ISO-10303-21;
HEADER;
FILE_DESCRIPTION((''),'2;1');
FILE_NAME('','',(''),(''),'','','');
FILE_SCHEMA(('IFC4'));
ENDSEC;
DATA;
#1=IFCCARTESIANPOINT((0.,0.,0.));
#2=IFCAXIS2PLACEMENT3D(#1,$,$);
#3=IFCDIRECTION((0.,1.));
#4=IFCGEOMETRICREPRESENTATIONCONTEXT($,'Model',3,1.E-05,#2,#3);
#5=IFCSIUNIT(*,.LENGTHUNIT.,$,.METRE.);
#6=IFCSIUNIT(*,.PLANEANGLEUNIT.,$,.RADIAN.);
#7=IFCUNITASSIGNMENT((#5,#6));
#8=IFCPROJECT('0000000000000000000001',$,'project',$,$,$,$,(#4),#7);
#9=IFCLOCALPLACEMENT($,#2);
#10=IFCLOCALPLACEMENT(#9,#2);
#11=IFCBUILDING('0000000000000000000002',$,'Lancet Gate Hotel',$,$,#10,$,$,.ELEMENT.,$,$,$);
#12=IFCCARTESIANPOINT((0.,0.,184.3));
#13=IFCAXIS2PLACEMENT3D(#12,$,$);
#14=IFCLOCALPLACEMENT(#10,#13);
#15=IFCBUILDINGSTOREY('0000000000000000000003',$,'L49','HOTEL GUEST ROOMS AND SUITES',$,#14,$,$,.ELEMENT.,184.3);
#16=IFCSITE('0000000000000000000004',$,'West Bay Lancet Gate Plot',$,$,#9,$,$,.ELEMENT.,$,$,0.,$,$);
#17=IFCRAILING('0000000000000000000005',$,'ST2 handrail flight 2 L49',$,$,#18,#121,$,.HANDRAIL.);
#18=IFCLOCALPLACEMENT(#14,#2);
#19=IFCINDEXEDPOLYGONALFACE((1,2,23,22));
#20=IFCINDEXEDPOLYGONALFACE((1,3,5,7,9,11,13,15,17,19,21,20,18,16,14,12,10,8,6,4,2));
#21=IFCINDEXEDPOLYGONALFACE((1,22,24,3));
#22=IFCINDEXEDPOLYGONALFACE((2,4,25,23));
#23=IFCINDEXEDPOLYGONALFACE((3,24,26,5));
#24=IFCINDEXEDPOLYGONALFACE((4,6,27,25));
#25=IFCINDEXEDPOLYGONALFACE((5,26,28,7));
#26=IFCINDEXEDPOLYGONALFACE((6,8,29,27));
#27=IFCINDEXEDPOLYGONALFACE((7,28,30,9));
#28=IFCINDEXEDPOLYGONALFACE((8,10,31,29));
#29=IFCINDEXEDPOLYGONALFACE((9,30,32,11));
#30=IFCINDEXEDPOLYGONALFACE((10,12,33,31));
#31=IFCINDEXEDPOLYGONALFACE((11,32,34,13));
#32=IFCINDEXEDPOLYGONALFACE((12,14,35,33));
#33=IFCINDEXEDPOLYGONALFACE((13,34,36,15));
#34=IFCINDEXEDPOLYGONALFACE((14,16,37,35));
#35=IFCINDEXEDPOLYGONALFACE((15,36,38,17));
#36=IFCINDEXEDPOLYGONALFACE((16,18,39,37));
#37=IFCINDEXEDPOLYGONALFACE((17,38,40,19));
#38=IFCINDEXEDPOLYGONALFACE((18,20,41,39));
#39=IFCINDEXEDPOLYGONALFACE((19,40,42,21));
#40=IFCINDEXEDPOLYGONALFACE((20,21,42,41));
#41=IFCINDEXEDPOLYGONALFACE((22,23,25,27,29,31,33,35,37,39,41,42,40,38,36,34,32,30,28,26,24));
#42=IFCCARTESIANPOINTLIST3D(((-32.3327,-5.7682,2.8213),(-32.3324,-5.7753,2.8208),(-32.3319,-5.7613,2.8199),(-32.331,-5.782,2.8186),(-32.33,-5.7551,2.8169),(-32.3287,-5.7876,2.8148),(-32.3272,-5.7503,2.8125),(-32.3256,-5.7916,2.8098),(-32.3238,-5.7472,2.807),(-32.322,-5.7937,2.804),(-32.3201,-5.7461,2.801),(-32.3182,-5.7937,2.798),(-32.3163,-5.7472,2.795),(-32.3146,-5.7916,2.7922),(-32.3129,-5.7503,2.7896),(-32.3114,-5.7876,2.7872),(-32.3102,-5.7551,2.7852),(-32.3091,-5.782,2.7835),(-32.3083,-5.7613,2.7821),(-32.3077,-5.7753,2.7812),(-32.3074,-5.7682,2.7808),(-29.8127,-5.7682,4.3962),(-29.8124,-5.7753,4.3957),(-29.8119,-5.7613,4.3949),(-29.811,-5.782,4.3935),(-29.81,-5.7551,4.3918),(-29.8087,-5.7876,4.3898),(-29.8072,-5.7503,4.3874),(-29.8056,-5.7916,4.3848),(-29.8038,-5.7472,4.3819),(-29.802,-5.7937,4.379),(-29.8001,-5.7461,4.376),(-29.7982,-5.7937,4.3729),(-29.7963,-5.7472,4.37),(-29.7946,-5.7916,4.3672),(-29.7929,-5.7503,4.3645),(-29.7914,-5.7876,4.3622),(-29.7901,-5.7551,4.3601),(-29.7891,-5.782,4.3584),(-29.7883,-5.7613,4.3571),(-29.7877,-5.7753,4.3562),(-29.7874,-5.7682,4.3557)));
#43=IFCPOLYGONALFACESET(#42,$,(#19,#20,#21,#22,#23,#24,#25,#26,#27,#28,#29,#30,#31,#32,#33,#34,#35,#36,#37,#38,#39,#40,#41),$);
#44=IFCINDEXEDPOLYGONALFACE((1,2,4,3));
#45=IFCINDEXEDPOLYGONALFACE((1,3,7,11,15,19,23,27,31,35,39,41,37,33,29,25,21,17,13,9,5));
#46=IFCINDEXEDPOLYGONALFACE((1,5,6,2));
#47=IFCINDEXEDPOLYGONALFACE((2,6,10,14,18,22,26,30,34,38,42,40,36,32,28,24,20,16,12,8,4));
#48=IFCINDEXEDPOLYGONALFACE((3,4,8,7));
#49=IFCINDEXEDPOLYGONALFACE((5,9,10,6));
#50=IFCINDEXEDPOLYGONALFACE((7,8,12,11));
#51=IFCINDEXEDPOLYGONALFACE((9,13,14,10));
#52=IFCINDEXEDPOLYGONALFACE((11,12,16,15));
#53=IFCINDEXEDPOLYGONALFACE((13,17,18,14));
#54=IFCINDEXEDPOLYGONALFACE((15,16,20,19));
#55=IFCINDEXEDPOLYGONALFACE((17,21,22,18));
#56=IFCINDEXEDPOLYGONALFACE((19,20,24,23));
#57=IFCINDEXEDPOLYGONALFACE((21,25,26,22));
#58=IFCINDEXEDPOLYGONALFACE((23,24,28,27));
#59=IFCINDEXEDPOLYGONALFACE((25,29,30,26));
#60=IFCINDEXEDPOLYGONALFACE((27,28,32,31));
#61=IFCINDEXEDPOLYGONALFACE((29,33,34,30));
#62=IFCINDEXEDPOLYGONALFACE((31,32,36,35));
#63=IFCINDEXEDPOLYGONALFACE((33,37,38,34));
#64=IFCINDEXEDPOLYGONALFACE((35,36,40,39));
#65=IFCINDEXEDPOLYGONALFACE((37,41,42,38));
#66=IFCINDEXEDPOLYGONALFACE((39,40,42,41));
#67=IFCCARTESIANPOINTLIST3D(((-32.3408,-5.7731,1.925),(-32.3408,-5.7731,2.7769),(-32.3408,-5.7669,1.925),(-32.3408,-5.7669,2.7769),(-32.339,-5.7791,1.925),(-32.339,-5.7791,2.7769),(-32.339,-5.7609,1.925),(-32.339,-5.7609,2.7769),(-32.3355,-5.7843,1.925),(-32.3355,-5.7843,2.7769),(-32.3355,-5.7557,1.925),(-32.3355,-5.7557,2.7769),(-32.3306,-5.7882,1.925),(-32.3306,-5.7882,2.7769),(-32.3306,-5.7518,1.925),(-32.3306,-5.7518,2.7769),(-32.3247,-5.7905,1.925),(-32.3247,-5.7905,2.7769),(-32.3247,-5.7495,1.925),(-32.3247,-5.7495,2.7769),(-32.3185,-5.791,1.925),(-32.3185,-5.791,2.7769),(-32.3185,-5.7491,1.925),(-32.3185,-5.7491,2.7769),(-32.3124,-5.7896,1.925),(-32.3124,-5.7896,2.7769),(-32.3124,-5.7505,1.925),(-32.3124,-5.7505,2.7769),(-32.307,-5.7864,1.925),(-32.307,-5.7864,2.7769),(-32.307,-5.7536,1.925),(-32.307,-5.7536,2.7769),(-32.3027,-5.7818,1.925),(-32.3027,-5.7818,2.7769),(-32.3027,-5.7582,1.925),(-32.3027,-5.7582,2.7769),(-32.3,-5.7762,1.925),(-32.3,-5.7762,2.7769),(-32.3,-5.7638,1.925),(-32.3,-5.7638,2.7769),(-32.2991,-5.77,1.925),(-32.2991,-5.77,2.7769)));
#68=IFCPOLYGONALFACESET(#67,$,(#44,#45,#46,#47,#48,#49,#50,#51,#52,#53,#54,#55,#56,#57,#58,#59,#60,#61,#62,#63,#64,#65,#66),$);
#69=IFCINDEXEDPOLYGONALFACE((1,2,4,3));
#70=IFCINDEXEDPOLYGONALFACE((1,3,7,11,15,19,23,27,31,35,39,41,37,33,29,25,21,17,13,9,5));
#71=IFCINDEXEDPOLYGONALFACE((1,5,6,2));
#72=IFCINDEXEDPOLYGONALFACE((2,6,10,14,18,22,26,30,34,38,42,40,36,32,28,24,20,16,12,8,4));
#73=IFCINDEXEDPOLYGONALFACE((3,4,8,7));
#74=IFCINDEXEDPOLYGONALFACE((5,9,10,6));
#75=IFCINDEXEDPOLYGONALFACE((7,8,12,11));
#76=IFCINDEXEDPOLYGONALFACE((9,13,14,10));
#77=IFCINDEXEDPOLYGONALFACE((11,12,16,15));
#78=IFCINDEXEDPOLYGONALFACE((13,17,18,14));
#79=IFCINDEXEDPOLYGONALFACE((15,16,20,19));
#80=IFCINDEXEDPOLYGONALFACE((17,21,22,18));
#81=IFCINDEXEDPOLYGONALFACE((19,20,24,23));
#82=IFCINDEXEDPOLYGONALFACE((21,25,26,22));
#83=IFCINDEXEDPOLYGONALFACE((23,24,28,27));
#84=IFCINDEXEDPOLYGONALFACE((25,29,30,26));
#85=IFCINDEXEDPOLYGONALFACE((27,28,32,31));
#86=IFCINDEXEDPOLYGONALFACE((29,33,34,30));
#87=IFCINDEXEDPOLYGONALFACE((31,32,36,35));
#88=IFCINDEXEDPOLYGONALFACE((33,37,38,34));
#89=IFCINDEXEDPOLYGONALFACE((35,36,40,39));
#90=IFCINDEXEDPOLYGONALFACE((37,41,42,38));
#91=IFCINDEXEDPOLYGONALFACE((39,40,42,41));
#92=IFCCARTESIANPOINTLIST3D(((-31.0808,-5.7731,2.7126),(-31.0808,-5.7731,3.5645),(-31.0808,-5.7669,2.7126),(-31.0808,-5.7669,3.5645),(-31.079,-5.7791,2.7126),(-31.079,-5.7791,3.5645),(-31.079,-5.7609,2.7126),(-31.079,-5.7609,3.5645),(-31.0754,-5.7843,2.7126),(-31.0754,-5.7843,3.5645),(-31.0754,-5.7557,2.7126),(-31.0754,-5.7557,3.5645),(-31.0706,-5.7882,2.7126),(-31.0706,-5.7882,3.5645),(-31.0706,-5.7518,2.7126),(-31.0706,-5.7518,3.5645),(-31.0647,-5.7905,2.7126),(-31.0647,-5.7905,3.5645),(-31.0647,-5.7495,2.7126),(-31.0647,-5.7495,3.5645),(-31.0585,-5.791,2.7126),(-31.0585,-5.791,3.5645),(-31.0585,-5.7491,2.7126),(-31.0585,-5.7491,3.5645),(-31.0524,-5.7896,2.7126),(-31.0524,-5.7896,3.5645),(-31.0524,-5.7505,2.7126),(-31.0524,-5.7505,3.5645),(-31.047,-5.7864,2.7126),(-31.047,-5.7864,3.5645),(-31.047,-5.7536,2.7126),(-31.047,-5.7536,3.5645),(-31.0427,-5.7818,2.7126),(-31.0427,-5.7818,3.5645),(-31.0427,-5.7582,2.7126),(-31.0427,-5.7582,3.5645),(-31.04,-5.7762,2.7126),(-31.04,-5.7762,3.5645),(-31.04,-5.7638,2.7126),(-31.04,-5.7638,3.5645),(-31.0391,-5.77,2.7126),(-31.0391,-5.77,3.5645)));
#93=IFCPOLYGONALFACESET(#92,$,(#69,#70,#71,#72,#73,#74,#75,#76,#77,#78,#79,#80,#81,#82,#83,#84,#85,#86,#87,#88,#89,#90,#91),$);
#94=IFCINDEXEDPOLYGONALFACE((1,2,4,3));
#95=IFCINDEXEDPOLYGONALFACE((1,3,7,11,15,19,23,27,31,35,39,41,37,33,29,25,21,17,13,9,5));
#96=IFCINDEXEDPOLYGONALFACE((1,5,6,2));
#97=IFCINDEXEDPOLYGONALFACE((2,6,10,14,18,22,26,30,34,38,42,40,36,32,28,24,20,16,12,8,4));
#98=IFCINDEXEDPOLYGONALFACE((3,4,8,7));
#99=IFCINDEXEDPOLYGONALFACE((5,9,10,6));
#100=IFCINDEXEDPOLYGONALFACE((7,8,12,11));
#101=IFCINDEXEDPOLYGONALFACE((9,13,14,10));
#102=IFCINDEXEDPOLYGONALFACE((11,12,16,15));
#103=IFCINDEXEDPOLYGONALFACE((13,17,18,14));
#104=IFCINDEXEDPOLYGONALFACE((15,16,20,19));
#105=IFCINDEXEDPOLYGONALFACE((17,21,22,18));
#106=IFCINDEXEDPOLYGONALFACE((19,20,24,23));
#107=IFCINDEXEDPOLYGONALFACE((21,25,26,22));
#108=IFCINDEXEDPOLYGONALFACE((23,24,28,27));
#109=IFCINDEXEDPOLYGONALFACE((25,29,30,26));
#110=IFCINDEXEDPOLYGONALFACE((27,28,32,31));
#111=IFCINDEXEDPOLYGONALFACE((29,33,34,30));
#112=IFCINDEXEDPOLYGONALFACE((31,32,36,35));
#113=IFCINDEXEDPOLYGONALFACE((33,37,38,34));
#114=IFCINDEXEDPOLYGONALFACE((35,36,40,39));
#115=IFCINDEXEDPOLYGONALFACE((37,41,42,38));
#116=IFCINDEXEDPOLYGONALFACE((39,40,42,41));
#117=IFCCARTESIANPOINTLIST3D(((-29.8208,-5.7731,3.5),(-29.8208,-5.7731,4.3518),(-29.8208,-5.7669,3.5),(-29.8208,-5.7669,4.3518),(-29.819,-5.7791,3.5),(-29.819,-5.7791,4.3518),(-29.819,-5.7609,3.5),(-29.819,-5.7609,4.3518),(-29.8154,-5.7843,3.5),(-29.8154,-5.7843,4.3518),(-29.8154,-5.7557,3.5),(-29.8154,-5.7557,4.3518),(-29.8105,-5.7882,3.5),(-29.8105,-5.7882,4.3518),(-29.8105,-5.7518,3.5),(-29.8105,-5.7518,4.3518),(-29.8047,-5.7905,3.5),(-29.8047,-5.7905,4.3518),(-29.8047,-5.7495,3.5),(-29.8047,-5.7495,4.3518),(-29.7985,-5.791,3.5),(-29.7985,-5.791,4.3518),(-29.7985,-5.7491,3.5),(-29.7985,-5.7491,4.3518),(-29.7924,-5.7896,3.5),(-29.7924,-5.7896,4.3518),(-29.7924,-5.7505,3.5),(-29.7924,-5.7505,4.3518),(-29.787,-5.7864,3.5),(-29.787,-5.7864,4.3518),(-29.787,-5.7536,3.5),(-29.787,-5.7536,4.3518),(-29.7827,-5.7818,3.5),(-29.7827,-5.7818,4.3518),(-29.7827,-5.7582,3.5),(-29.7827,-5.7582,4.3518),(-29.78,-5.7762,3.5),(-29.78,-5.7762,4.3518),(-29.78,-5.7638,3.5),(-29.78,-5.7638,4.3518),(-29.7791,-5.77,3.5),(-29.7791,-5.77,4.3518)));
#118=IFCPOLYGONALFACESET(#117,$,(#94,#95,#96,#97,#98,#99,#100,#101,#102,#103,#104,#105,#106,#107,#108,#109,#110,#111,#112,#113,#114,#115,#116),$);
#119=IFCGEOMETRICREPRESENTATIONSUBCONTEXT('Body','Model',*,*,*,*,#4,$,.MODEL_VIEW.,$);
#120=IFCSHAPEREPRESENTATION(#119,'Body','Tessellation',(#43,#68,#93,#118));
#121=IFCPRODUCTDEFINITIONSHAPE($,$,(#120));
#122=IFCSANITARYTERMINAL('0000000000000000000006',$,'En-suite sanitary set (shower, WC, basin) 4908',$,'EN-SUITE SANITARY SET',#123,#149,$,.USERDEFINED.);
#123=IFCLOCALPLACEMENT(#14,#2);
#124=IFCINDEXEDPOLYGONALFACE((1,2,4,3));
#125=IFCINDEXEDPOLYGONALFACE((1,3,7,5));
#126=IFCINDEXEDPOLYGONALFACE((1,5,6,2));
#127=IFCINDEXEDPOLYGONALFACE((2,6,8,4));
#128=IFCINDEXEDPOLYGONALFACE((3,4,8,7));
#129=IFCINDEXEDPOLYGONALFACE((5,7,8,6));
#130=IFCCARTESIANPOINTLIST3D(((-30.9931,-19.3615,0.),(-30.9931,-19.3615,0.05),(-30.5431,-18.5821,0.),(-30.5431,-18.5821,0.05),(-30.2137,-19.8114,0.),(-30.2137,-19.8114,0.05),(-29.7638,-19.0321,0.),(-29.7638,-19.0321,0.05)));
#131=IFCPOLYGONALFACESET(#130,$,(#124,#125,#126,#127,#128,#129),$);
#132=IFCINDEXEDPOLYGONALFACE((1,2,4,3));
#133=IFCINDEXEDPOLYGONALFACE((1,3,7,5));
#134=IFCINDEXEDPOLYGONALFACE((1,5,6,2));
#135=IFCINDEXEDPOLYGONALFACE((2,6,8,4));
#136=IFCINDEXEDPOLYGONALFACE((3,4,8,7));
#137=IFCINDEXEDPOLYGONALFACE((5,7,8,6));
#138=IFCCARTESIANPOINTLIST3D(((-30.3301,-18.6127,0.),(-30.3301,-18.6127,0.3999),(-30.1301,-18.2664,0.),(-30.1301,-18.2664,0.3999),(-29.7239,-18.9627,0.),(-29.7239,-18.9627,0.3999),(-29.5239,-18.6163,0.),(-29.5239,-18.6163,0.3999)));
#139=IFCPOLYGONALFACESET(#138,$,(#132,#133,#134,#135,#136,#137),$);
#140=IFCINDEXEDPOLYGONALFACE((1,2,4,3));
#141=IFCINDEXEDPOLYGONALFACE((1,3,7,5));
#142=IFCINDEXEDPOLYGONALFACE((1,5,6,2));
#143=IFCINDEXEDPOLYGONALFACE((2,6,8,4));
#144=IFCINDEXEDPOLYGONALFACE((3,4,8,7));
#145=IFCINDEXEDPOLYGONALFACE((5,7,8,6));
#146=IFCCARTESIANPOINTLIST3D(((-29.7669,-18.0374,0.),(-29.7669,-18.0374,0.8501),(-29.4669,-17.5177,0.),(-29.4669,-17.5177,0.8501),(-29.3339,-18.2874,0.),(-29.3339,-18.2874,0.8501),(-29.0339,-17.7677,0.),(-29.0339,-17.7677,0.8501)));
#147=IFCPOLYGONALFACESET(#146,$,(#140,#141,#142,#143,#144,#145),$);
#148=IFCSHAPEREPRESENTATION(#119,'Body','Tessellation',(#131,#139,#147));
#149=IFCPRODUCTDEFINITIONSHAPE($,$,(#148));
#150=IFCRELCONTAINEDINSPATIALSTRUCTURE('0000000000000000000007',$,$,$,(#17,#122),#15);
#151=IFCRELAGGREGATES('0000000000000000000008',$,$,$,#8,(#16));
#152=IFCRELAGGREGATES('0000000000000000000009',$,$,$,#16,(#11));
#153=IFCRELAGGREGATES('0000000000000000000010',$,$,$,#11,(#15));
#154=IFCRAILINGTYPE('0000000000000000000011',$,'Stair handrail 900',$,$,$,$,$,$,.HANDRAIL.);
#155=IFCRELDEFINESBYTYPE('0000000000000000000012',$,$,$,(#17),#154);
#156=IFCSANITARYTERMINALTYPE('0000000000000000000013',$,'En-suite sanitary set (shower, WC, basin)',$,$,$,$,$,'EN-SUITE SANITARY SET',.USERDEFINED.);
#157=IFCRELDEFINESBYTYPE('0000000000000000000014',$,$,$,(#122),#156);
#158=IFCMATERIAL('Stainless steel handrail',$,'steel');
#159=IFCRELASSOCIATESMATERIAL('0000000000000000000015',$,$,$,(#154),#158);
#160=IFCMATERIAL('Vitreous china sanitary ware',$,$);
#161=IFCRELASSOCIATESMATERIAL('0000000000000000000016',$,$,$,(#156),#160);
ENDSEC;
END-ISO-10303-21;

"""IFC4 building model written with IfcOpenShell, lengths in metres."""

from ifc_helpers import new_model, si_unit, direction, frame, origin, origin_2d, place, context, subcontext, project, spatial, rectangle, circle, extrude, material, type_object, element, save


model = new_model("IFC4")

# Units and contexts
model_context = context("Model", 3, precision=1e-05, world=origin(), true_north=direction((0.0, 1.0)))
body_context = subcontext(model_context, "Body", "Model", "MODEL_VIEW")
ifc_project = project(units=[si_unit("LENGTHUNIT", "METRE"), si_unit("PLANEANGLEUNIT", "RADIAN")], contexts=[model_context])

# Site, building, storey
site_placement = place(None, origin())
site = spatial("IfcSite", under=ifc_project, at=site_placement, Name="West Bay Lancet Gate Plot", CompositionType="ELEMENT", RefElevation=0.0)
building_placement = place(site_placement, origin())
building = spatial("IfcBuilding", under=site, at=building_placement, Name="Lancet Gate Hotel", CompositionType="ELEMENT")
storey_placement = place(building_placement, frame((0.0, 0.0, 184.3)))
storey = spatial("IfcBuildingStorey", under=building, at=storey_placement, Name="L49", Description="HOTEL GUEST ROOMS AND SUITES", CompositionType="ELEMENT", Elevation=184.3)

# Railing
ifc_material_1 = material(Name="Stainless steel handrail", Category="steel")
railing_type = type_object("IfcRailingType", Name="Stair handrail 900", PredefinedType="HANDRAIL", material=ifc_material_1)
railing_1_placement = place(storey_placement, frame((-32.3201, -5.77, 1.925)))
element("IfcRailing", 1, at=railing_1_placement, inside=storey, type_object=railing_type, Name="ST2 handrail flight 2 L49", PredefinedType="HANDRAIL", context=body_context, shape_type="SweptSolid", body=[
    extrude(circle(Radius=0.0239, at=origin_2d()), frame((0.0, 0.0, 0.876), z_axis=(0.848008, 0.0, 0.529984), x_axis=(0.0, 1.0, 0.0)), (0.0, 0.0, 1.0), 2.9717),
    extrude(circle(Radius=0.021, at=origin_2d()), origin(), (0.0, 0.0, 1.0), 0.8518),
    extrude(circle(Radius=0.021, at=origin_2d()), frame((1.26, 0.0, 0.7876)), (0.0, 0.0, 1.0), 0.8518),
    extrude(circle(Radius=0.021, at=origin_2d()), frame((2.52, 0.0, 1.575)), (0.0, 0.0, 1.0), 0.8518),
])

# Sanitary terminal
ifc_material_2 = material(Name="Vitreous china sanitary ware")
sanitary_terminal_type = type_object("IfcSanitaryTerminalType", Name="En-suite sanitary set (shower, WC, basin)", ElementType="EN-SUITE SANITARY SET", PredefinedType="USERDEFINED", material=ifc_material_2)
sanitary_terminal_placement = place(storey_placement, frame((-30.3784, -19.1968, 0.0), z_axis=(0.0, 0.0, 1.0), x_axis=(1.0, 0.0, 0.0)))
element("IfcSanitaryTerminal", 2, at=sanitary_terminal_placement, inside=storey, type_object=sanitary_terminal_type, Name="En-suite sanitary set (shower, WC, basin) 4908", ObjectType="EN-SUITE SANITARY SET", PredefinedType="USERDEFINED", context=body_context, shape_type="SweptSolid", body=[
    extrude(rectangle(XDim=0.8999, YDim=0.8999, at=origin_2d()), frame((0.0, 0.0, 0.0), z_axis=(0.0, 0.0, 1.0), x_axis=(-0.5, -0.866025, 0.0)), (0.0, 0.0, 1.0), 0.05),
    extrude(rectangle(XDim=0.3999, YDim=0.7, at=origin_2d()), frame((0.4514, 0.5823, 0.0), z_axis=(0.0, 0.0, 1.0), x_axis=(-0.5, -0.866025, 0.0)), (0.0, 0.0, 1.0), 0.3999),
    extrude(rectangle(XDim=0.6001, YDim=0.5, at=origin_2d()), frame((0.978, 1.2942, 0.0), z_axis=(0.0, 0.0, 1.0), x_axis=(-0.5, -0.866025, 0.0)), (0.0, 0.0, 1.0), 0.8501),
])

save(model, "model.ifc")
